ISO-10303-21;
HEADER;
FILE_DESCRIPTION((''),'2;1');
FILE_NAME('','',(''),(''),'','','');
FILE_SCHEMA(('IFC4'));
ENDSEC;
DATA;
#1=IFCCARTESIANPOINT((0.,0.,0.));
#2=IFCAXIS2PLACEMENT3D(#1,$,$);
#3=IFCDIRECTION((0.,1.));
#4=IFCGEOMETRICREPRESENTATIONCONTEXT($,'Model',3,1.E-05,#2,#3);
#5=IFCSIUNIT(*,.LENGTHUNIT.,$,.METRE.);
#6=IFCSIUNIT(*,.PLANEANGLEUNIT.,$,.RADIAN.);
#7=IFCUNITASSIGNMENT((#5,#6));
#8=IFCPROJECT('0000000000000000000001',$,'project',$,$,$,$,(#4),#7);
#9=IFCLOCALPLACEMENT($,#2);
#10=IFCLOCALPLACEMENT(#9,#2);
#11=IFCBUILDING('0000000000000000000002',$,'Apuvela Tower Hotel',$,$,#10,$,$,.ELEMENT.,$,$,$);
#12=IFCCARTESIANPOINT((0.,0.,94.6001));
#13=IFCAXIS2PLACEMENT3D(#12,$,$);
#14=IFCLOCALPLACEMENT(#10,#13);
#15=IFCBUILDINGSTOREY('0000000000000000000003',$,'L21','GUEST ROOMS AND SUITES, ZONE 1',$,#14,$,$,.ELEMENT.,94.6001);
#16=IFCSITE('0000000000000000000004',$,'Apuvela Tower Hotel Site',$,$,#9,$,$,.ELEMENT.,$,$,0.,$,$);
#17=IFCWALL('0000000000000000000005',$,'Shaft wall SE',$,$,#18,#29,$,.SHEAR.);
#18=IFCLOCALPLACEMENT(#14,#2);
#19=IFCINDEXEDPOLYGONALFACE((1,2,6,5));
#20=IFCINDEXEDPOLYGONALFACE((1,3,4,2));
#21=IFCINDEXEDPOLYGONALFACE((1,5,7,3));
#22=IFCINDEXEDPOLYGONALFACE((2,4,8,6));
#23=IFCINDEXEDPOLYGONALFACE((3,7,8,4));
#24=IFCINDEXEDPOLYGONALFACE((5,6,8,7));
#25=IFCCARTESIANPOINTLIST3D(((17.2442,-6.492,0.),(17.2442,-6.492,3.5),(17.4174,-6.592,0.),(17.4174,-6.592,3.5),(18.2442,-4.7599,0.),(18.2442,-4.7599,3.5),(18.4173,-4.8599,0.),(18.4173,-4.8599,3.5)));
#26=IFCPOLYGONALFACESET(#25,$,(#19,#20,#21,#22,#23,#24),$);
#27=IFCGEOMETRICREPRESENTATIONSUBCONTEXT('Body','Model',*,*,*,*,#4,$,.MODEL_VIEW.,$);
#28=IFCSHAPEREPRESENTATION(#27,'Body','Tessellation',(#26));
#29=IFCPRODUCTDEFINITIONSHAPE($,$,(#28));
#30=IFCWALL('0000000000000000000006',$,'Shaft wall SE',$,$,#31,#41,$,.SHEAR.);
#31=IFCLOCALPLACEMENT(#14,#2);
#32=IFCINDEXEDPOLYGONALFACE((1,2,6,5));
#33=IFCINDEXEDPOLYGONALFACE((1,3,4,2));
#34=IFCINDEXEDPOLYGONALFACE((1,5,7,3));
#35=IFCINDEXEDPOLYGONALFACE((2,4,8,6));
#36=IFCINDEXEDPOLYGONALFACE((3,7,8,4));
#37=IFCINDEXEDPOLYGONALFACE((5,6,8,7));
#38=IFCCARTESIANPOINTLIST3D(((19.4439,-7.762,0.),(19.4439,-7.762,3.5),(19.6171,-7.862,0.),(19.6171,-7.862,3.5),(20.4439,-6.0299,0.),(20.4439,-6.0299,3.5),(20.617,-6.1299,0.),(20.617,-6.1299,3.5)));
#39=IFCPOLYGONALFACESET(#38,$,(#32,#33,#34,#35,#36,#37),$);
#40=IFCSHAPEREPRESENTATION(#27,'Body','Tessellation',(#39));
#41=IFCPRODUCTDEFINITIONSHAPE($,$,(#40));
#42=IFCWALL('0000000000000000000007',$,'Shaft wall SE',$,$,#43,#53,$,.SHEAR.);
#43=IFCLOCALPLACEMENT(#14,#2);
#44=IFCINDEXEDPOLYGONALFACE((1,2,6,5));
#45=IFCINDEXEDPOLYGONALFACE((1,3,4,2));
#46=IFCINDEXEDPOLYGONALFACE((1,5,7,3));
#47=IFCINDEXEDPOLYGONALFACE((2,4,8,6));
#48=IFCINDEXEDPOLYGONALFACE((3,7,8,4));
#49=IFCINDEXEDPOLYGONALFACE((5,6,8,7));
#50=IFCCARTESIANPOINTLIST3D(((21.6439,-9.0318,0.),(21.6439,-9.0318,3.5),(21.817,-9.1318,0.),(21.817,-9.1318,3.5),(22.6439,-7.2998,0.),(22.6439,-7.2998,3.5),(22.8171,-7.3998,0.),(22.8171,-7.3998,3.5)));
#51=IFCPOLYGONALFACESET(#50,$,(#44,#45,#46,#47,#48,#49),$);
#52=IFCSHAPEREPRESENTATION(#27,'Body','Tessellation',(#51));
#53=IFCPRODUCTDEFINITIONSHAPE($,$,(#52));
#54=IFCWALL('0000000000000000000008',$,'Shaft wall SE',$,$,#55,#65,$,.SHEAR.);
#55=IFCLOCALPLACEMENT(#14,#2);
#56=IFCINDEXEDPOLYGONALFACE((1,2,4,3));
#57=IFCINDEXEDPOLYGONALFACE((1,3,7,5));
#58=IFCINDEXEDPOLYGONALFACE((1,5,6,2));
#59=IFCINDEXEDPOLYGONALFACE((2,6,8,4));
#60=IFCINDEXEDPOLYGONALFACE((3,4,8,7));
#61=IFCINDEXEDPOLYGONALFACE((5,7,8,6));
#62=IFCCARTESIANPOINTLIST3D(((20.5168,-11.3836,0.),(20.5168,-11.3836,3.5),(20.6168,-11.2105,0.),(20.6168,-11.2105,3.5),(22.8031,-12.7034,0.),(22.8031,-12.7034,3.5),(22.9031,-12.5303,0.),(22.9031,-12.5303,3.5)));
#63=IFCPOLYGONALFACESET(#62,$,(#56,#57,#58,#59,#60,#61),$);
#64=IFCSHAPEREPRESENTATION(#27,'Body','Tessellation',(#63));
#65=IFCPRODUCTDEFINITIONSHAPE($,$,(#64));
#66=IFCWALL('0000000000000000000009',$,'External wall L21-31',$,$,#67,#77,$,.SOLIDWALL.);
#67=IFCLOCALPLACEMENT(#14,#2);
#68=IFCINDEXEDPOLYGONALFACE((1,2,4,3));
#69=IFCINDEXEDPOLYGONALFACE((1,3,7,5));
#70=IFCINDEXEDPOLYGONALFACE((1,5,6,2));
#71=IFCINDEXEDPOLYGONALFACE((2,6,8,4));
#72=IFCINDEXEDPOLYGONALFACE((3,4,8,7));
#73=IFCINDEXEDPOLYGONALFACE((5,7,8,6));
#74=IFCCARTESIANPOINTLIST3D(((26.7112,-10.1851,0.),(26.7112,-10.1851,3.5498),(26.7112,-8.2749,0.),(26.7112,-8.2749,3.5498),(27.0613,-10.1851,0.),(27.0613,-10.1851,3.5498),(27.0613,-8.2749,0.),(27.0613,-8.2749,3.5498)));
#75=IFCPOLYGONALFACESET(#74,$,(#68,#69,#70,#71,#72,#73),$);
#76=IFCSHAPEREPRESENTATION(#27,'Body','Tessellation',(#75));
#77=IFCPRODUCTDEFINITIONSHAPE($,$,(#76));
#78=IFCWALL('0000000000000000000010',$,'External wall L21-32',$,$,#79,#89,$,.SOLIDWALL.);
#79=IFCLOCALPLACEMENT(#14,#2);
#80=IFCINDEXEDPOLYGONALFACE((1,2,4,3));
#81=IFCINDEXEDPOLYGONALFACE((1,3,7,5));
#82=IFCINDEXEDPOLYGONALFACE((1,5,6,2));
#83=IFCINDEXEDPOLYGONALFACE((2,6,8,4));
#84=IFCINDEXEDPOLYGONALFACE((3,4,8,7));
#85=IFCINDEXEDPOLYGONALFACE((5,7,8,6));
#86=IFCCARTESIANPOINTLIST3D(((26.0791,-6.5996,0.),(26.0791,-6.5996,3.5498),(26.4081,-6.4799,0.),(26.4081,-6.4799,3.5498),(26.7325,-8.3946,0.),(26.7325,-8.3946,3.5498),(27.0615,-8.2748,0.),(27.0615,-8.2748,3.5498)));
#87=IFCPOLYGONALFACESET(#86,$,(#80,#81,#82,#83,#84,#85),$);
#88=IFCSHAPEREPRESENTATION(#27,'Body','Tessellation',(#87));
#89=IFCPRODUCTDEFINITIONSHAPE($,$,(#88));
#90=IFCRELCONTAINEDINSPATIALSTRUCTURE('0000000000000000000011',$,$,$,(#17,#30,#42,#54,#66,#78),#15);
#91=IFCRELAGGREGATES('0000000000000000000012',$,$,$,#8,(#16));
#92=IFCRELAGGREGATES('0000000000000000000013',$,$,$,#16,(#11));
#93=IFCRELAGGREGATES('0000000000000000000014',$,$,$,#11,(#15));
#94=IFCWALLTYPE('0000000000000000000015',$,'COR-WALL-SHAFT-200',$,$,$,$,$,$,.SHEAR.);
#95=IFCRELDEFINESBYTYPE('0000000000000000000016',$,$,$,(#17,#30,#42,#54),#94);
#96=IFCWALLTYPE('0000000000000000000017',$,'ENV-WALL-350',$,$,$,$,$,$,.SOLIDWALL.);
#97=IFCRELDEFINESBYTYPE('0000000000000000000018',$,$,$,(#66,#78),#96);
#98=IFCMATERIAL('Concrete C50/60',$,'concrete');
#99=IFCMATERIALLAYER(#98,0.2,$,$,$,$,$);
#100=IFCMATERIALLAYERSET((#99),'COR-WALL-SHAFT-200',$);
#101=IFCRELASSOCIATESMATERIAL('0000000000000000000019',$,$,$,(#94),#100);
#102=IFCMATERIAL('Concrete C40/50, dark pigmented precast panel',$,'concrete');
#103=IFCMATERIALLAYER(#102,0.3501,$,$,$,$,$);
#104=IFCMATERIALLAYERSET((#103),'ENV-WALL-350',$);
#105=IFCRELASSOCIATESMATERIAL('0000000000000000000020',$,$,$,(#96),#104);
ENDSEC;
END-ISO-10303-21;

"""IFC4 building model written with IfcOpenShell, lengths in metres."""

from ifc_helpers import new_model, si_unit, direction, frame, frame_2d, origin, place, context, subcontext, project, spatial, rectangle, extrude, material, layer, layer_set, type_object, element, save


model = new_model("IFC4")

# Units and contexts
model_context = context("Model", 3, precision=1e-05, world=origin(), true_north=direction((0.0, 1.0)))
body_context = subcontext(model_context, "Body", "Model", "MODEL_VIEW")
ifc_project = project(units=[si_unit("LENGTHUNIT", "METRE"), si_unit("PLANEANGLEUNIT", "RADIAN")], contexts=[model_context])

# Site, building, storey
site_placement = place(None, origin())
site = spatial("IfcSite", under=ifc_project, at=site_placement, Name="Apuvela Tower Hotel Site", CompositionType="ELEMENT", RefElevation=0.0)
building_placement = place(site_placement, origin())
building = spatial("IfcBuilding", under=site, at=building_placement, Name="Apuvela Tower Hotel", CompositionType="ELEMENT")
storey_placement = place(building_placement, frame((0.0, 0.0, 94.6001)))
storey = spatial("IfcBuildingStorey", under=building, at=storey_placement, Name="L21", Description="GUEST ROOMS AND SUITES, ZONE 1", CompositionType="ELEMENT", Elevation=94.6001)

# Walls
ifc_material_1 = material(Name="Concrete C50/60", Category="concrete")
ifc_layer_1 = layer(ifc_material_1, 0.2)
ifc_layer_set_1 = layer_set([ifc_layer_1], Name="COR-WALL-SHAFT-200")
wall_type_1 = type_object("IfcWallType", Name="COR-WALL-SHAFT-200", PredefinedType="SHEAR", material=ifc_layer_set_1)
for number, where, z_axis, x_axis, name in (
    (1, (17.3308, -6.542, 0.0), (0.0, 0.0, 1.0), (0.499973, 0.866041, 0.0), "Shaft wall SE"),
    (2, (19.5305, -7.812, 0.0), (0.0, 0.0, 1.0), (0.499973, 0.866041, 0.0), "Shaft wall SE"),
    (3, (21.7305, -9.0818, 0.0), (0.0, 0.0, 1.0), (0.500025, 0.866011, 0.0), "Shaft wall SE"),
):
    element("IfcWall", number, at=place(storey_placement, frame(where, z_axis=z_axis, x_axis=x_axis)), inside=storey, type_object=wall_type_1, Name=name, PredefinedType="SHEAR", context=body_context, shape_type="SweptSolid", body=[
        extrude(rectangle(XDim=2.0, YDim=0.2, at=frame_2d((1.0, 0.0))), origin(), (0.0, 0.0, 1.0), 3.5),
    ])
wall_1_placement = place(storey_placement, frame((20.5669, -11.2971, 0.0), z_axis=(0.0, 0.0, 1.0), x_axis=(0.866061, -0.499939, 0.0)))
element("IfcWall", 4, at=wall_1_placement, inside=storey, type_object=wall_type_1, Name="Shaft wall SE", PredefinedType="SHEAR", context=body_context, shape_type="SweptSolid", body=[
    extrude(rectangle(XDim=2.6399, YDim=0.2, at=frame_2d((1.3198, 0.0))), origin(), (0.0, 0.0, 1.0), 3.5),
])
ifc_material_2 = material(Name="Concrete C40/50, dark pigmented precast panel", Category="concrete")
ifc_layer_2 = layer(ifc_material_2, 0.3501)
ifc_layer_set_2 = layer_set([ifc_layer_2], Name="ENV-WALL-350")
wall_type_2 = type_object("IfcWallType", Name="ENV-WALL-350", PredefinedType="SOLIDWALL", material=ifc_layer_set_2)
for number, where, z_axis, x_axis, name in (
    (5, (26.8862, -10.1851, 0.0), (0.0, 0.0, 1.0), (0.0, 1.0, 0.0), "External wall L21-31"),
    (6, (26.897, -8.3347, 0.0), (0.0, 0.0, 1.0), (-0.34203, 0.939689, 0.0), "External wall L21-32"),
):
    element("IfcWall", number, at=place(storey_placement, frame(where, z_axis=z_axis, x_axis=x_axis)), inside=storey, type_object=wall_type_2, Name=name, PredefinedType="SOLIDWALL", context=body_context, shape_type="SweptSolid", body=[
        extrude(rectangle(XDim=1.9102, YDim=0.3501, at=frame_2d((0.9551, 0.0))), origin(), (0.0, 0.0, 1.0), 3.5498),
    ])

save(model, "model.ifc")
